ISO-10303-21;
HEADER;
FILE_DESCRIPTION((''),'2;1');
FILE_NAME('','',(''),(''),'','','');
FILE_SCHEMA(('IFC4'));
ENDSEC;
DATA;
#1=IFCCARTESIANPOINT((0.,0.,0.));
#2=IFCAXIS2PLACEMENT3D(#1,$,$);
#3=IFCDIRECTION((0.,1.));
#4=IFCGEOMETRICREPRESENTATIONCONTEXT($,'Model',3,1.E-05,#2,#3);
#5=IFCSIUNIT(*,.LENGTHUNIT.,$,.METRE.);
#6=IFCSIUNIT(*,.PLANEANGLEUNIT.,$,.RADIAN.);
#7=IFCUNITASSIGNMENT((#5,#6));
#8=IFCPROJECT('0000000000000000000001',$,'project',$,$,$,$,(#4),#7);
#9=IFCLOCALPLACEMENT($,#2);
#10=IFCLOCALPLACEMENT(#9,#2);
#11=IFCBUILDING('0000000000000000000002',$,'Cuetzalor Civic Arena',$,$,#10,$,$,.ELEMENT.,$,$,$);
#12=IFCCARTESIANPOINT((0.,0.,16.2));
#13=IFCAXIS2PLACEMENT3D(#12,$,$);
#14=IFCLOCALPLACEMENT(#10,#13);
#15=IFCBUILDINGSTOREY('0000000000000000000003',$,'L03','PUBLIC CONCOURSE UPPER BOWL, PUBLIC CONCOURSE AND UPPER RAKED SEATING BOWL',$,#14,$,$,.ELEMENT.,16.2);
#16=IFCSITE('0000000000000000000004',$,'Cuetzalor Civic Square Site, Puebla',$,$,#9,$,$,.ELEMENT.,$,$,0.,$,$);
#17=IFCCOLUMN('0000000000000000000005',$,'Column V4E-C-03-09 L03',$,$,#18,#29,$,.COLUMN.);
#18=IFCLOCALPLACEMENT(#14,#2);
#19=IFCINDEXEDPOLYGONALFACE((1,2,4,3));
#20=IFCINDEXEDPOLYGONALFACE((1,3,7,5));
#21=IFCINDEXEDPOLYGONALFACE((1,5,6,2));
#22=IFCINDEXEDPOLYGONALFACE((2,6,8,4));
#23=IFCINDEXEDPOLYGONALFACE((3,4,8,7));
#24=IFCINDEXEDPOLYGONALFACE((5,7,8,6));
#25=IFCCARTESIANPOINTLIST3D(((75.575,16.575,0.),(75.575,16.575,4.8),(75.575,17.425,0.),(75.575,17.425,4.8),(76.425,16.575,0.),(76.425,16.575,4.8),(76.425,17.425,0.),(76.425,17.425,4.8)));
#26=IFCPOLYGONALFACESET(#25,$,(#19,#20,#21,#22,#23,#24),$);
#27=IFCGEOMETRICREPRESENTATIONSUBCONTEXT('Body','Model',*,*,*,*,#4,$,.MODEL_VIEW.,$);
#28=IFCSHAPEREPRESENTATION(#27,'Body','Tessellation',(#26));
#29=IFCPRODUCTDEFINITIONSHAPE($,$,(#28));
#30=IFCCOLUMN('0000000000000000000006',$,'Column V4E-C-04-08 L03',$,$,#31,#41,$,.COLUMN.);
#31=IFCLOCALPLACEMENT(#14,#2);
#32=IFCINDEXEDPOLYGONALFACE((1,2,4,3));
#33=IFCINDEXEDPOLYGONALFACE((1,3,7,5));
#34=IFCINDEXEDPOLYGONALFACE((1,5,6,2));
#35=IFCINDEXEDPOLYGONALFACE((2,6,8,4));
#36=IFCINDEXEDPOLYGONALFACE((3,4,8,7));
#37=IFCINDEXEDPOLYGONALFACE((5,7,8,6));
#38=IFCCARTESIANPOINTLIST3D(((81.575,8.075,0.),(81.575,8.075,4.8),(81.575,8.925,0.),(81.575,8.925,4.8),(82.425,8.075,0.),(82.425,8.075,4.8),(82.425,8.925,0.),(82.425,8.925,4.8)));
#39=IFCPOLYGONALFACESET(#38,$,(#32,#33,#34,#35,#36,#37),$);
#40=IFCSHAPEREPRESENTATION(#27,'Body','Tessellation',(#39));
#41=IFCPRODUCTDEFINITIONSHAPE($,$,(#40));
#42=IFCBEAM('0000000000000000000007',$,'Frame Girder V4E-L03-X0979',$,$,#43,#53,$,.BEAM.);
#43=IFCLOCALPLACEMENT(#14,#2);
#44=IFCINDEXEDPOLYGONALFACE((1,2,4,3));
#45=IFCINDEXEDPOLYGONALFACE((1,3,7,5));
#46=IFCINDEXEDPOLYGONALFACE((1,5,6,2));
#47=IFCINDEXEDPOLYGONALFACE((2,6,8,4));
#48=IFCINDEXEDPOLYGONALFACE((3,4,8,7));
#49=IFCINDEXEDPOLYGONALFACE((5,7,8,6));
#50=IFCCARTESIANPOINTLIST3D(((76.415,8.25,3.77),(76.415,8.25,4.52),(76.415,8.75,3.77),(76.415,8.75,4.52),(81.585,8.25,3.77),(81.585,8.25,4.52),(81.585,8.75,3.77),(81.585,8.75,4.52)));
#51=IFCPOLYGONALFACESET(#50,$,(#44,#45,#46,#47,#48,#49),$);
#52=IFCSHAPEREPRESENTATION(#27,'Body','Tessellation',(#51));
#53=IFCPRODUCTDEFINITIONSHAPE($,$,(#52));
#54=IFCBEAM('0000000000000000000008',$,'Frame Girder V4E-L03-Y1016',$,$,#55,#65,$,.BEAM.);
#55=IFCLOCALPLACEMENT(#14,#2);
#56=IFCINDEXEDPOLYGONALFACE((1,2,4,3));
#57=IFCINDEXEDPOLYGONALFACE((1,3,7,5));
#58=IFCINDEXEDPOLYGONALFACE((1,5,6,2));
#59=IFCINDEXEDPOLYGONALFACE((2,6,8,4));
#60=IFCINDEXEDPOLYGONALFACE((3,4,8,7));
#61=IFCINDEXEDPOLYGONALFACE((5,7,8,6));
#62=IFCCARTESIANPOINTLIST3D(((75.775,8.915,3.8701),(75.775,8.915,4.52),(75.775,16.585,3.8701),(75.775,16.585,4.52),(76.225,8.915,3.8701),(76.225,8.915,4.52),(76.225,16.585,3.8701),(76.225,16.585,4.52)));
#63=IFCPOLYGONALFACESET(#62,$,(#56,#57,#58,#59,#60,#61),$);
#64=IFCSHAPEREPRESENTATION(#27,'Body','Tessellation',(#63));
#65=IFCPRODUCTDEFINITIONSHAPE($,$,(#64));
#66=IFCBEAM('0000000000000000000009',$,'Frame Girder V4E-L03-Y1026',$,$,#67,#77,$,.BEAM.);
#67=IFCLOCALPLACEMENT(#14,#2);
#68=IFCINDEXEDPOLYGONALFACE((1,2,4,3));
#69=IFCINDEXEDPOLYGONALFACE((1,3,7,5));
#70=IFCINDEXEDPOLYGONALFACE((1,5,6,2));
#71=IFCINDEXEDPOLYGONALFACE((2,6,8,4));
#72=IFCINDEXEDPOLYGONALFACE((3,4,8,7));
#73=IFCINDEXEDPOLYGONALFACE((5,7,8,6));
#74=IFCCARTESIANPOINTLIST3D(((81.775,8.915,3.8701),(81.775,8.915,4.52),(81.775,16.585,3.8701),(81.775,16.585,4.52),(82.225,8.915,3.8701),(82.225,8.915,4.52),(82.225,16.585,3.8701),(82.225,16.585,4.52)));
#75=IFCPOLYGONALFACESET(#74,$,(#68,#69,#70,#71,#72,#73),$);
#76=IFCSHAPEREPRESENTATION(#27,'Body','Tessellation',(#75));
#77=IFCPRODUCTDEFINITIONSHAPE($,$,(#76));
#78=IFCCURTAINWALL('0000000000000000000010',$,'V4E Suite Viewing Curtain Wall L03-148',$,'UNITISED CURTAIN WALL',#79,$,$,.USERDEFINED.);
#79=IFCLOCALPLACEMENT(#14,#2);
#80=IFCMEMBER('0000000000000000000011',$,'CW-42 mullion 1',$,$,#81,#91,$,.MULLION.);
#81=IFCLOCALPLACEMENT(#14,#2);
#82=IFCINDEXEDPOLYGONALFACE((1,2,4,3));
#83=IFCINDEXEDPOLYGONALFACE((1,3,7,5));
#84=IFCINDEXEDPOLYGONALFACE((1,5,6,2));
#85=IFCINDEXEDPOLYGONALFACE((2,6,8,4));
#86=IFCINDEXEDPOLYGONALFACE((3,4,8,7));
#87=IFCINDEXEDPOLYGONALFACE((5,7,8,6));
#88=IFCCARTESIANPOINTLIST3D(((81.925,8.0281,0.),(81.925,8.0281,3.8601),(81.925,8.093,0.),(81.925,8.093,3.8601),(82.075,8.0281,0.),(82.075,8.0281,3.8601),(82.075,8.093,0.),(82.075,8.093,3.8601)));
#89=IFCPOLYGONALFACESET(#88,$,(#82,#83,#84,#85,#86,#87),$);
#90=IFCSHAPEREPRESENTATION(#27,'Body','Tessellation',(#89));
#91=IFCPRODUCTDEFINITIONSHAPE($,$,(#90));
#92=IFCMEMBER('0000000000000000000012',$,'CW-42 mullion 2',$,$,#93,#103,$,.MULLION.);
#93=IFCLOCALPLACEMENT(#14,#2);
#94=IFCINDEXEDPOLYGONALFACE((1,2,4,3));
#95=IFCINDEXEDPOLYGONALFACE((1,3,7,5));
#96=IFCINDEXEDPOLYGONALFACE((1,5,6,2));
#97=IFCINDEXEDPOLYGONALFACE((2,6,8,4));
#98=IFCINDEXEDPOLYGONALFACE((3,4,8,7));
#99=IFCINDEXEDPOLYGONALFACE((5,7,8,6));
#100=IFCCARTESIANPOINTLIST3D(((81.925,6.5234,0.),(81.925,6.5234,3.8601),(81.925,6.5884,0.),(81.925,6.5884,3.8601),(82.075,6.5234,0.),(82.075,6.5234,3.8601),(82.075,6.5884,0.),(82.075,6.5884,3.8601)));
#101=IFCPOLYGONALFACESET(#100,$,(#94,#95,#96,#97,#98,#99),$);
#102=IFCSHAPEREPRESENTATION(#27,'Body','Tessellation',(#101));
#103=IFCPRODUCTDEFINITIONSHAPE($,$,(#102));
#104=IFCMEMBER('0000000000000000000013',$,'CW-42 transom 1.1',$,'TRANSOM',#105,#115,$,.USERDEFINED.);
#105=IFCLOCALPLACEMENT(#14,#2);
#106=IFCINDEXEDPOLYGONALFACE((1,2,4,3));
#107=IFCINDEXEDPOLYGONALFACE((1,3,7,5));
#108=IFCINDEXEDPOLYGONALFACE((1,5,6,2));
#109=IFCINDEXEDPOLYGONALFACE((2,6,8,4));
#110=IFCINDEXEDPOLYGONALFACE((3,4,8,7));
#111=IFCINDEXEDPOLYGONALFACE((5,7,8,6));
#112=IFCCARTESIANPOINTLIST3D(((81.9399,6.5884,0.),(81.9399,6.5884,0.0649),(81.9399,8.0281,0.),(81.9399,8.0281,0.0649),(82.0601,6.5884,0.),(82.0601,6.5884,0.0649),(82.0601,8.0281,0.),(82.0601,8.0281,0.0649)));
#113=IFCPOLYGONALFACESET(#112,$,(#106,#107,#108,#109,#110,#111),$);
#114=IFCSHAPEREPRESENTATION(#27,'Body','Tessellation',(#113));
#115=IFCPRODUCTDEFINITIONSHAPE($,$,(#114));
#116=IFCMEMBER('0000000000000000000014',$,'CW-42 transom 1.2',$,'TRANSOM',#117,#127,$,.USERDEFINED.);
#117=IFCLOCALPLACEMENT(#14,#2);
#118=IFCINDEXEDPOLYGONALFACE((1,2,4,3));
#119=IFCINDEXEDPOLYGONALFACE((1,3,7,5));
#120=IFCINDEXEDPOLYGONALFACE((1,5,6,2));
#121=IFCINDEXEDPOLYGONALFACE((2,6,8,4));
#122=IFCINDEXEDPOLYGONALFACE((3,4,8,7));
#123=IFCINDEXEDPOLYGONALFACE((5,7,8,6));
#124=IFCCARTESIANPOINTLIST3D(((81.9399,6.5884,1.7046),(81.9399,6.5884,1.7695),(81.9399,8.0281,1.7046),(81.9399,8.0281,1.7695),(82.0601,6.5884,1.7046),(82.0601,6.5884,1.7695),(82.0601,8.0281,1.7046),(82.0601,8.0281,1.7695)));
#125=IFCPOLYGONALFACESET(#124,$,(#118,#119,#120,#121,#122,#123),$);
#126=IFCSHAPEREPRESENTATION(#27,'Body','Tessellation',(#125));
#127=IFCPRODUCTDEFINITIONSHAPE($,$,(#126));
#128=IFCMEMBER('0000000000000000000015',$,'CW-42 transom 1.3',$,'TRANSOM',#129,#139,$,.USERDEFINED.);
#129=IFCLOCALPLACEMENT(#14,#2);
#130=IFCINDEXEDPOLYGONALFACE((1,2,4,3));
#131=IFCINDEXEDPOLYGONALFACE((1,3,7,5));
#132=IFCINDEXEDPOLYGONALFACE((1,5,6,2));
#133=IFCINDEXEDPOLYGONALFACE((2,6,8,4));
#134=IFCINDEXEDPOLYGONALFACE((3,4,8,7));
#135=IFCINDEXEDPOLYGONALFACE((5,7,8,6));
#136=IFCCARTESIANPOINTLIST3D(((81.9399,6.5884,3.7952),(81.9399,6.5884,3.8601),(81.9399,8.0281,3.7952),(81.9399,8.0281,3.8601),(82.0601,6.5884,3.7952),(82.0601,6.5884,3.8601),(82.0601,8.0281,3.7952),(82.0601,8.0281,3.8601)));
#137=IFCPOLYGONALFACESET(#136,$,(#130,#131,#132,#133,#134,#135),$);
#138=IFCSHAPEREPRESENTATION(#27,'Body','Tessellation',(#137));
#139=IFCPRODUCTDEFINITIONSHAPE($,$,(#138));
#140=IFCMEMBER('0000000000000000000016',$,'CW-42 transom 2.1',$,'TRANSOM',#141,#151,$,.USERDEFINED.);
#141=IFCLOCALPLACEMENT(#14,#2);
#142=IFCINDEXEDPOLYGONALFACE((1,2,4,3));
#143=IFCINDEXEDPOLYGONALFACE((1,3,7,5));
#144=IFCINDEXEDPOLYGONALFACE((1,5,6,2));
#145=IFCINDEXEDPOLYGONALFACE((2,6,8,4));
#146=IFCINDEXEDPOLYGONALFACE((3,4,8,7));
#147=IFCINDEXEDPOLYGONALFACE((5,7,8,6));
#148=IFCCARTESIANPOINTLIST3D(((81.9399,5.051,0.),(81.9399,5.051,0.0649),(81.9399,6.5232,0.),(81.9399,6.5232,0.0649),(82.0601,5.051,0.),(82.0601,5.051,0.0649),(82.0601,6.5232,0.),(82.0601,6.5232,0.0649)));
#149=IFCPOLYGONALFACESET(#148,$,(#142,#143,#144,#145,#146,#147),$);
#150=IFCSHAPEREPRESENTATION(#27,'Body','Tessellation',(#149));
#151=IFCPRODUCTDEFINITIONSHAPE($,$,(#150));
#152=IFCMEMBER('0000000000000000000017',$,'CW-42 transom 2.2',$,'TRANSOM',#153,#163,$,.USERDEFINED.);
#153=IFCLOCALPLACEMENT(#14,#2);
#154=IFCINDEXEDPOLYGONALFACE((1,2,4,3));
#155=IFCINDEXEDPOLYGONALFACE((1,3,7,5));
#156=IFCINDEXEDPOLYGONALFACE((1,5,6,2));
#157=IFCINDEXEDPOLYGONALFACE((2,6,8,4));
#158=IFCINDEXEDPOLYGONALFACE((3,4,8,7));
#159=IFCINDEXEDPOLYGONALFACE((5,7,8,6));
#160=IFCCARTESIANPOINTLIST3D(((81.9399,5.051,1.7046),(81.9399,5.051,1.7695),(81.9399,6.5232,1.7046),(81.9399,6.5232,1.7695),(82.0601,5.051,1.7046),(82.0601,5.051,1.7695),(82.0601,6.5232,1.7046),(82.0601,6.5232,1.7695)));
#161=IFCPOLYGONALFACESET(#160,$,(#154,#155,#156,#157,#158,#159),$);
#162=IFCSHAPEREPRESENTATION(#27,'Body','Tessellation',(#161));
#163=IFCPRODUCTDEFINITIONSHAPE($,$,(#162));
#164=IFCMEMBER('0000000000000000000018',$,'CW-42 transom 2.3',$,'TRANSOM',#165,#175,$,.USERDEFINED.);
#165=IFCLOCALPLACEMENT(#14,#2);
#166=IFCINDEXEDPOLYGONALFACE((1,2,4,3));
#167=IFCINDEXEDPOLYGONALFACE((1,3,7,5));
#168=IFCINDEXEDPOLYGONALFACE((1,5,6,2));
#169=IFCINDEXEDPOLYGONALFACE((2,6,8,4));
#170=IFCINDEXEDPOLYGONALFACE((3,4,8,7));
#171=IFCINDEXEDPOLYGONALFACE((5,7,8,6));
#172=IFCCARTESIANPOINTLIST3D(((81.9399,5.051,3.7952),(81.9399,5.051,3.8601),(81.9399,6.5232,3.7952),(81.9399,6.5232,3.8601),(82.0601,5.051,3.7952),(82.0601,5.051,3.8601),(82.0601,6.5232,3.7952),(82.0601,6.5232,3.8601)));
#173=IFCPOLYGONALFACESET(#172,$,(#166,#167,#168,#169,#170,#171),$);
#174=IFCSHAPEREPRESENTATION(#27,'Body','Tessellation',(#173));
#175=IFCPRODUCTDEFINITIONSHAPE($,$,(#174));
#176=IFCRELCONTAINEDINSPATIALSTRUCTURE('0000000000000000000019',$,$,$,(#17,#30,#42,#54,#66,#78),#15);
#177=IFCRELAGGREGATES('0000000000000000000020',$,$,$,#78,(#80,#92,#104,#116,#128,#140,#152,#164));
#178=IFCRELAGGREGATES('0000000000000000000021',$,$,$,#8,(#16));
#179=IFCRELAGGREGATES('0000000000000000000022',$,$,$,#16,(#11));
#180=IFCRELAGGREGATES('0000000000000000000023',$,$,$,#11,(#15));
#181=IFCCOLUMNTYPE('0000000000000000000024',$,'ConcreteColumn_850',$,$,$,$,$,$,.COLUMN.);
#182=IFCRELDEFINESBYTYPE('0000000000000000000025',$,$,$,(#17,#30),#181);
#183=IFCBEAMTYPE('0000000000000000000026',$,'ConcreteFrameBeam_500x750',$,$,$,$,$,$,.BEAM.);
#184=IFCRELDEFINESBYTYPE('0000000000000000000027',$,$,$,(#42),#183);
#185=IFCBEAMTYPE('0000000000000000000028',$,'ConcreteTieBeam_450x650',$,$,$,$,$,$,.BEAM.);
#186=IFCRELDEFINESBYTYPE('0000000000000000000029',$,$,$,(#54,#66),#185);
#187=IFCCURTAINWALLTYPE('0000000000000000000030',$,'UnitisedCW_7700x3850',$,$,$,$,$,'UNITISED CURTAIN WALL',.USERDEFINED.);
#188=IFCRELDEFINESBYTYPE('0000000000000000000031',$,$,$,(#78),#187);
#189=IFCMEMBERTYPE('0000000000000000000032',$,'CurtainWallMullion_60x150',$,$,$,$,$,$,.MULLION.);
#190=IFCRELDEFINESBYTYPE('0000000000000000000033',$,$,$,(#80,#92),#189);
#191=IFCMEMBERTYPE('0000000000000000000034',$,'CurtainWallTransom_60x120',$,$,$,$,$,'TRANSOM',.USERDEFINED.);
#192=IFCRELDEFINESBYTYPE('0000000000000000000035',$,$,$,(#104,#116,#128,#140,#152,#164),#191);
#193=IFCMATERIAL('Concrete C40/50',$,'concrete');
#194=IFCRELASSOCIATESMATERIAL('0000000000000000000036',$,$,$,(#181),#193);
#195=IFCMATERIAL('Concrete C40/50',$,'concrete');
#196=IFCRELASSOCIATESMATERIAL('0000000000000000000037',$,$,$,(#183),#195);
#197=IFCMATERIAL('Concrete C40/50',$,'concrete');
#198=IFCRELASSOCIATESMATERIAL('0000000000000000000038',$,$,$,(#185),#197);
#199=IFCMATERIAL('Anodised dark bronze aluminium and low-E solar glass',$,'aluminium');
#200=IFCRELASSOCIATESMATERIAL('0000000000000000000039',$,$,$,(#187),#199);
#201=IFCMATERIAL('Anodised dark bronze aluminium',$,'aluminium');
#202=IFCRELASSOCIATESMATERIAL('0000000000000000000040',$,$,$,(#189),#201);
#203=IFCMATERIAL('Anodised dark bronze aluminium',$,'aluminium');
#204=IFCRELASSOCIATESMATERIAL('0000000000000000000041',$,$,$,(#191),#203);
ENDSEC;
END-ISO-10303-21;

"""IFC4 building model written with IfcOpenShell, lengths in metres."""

from ifc_helpers import new_model, si_unit, direction, frame, origin, origin_2d, place, context, subcontext, project, spatial, rectangle, extrude, material, material_profile, profile_set, type_object, element, aggregate, save


model = new_model("IFC4")

# Units and contexts
model_context = context("Model", 3, precision=1e-05, world=origin(), true_north=direction((0.0, 1.0)))
body_context = subcontext(model_context, "Body", "Model", "MODEL_VIEW")
ifc_project = project(units=[si_unit("LENGTHUNIT", "METRE"), si_unit("PLANEANGLEUNIT", "RADIAN")], contexts=[model_context])

# Site, building, storey
site_placement = place(None, origin())
site = spatial("IfcSite", under=ifc_project, at=site_placement, Name="Cuetzalor Civic Square Site, Puebla", CompositionType="ELEMENT", RefElevation=0.0)
building_placement = place(site_placement, origin())
building = spatial("IfcBuilding", under=site, at=building_placement, Name="Cuetzalor Civic Arena", CompositionType="ELEMENT")
storey_placement = place(building_placement, frame((0.0, 0.0, 16.2)))
storey = spatial("IfcBuildingStorey", under=building, at=storey_placement, Name="L03", Description="PUBLIC CONCOURSE UPPER BOWL, PUBLIC CONCOURSE AND UPPER RAKED SEATING BOWL", CompositionType="ELEMENT", Elevation=16.2)

# Columns
ifc_material_1 = material(Name="Concrete C40/50", Category="concrete")
ifc_material_profile_1 = material_profile(ifc_material_1, rectangle(XDim=0.8501, YDim=0.8501, at=origin_2d()), Name="RC 850x850")
ifc_profile_set_1 = profile_set([ifc_material_profile_1], Name="Concrete C40/50")
column_type = type_object("IfcColumnType", Name="ConcreteColumn_850", PredefinedType="COLUMN", material=ifc_profile_set_1)
for number, where, z_axis, x_axis, name in (
    (1, (76.0, 17.0, 0.0), (0.0, 0.0, 1.0), (1.0, 0.0, 0.0), "Column V4E-C-03-09 L03"),
    (2, (82.0, 8.5, 0.0), (0.0, 0.0, 1.0), (1.0, 0.0, 0.0), "Column V4E-C-04-08 L03"),
):
    element("IfcColumn", number, at=place(storey_placement, frame(where, z_axis=z_axis, x_axis=x_axis)), inside=storey, type_object=column_type, Name=name, PredefinedType="COLUMN", context=body_context, shape_type="SweptSolid", body=[
        extrude(rectangle(XDim=0.8501, YDim=0.8501, at=origin_2d()), origin(), (0.0, 0.0, 1.0), 4.8),
    ])

# Beams
ifc_material_2 = material(Name="Concrete C40/50", Category="concrete")
ifc_material_profile_2 = material_profile(ifc_material_2, rectangle(XDim=0.5, YDim=0.75, at=origin_2d()), Name="RC 500x750")
ifc_profile_set_2 = profile_set([ifc_material_profile_2], Name="Concrete C40/50")
beam_type_1 = type_object("IfcBeamType", Name="ConcreteFrameBeam_500x750", PredefinedType="BEAM", material=ifc_profile_set_2)
beam_1_placement = place(storey_placement, frame((76.415, 8.5, 4.145), z_axis=(1.0, 0.0, 0.0), x_axis=(0.0, 1.0, 0.0)))
element("IfcBeam", 3, at=beam_1_placement, inside=storey, type_object=beam_type_1, Name="Frame Girder V4E-L03-X0979", PredefinedType="BEAM", context=body_context, shape_type="SweptSolid", body=[
    extrude(rectangle(XDim=0.5, YDim=0.75, at=origin_2d()), origin(), (0.0, 0.0, 1.0), 5.1699),
])
ifc_material_3 = material(Name="Concrete C40/50", Category="concrete")
ifc_material_profile_3 = material_profile(ifc_material_3, rectangle(XDim=0.45, YDim=0.6499, at=origin_2d()), Name="RC 450x650")
ifc_profile_set_3 = profile_set([ifc_material_profile_3], Name="Concrete C40/50")
beam_type_2 = type_object("IfcBeamType", Name="ConcreteTieBeam_450x650", PredefinedType="BEAM", material=ifc_profile_set_3)
for number, where, z_axis, x_axis, name in (
    (4, (76.0, 8.915, 4.1951), (0.0, 1.0, 0.0), (-1.0, 0.0, 0.0), "Frame Girder V4E-L03-Y1016"),
    (5, (82.0, 8.915, 4.1951), (0.0, 1.0, 0.0), (-1.0, 0.0, 0.0), "Frame Girder V4E-L03-Y1026"),
):
    element("IfcBeam", number, at=place(storey_placement, frame(where, z_axis=z_axis, x_axis=x_axis)), inside=storey, type_object=beam_type_2, Name=name, PredefinedType="BEAM", context=body_context, shape_type="SweptSolid", body=[
        extrude(rectangle(XDim=0.45, YDim=0.6499, at=origin_2d()), origin(), (0.0, 0.0, 1.0), 7.6699),
    ])

# Curtain wall, members
ifc_material_4 = material(Name="Anodised dark bronze aluminium and low-E solar glass", Category="aluminium")
curtain_wall_type = type_object("IfcCurtainWallType", Name="UnitisedCW_7700x3850", ElementType="UNITISED CURTAIN WALL", PredefinedType="USERDEFINED", material=ifc_material_4)
curtain_wall_placement = place(storey_placement, origin())
curtain_wall = element("IfcCurtainWall", 6, at=curtain_wall_placement, inside=storey, type_object=curtain_wall_type, Name="V4E Suite Viewing Curtain Wall L03-148", ObjectType="UNITISED CURTAIN WALL", PredefinedType="USERDEFINED")
ifc_material_5 = material(Name="Anodised dark bronze aluminium", Category="aluminium")
ifc_material_profile_4 = material_profile(ifc_material_5, rectangle(XDim=0.0649, YDim=0.1499, at=origin_2d()), Name="ALU MULLION 65x150")
ifc_profile_set_4 = profile_set([ifc_material_profile_4], Name="Anodised dark bronze aluminium")
member_type_1 = type_object("IfcMemberType", Name="CurtainWallMullion_60x150", PredefinedType="MULLION", material=ifc_profile_set_4)
member_1_placement = place(storey_placement, frame((82.0, 8.0605, 0.0), z_axis=(0.0, 0.0, 1.0), x_axis=(0.0, -1.0, 0.0)))
member_1 = element("IfcMember", 7, at=member_1_placement, type_object=member_type_1, Name="CW-42 mullion 1", PredefinedType="MULLION", context=body_context, shape_type="SweptSolid", body=[
    extrude(rectangle(XDim=0.0649, YDim=0.1499, at=origin_2d()), origin(), (0.0, 0.0, 1.0), 3.8601),
])
member_2_placement = place(storey_placement, frame((82.0, 6.5559, 0.0), z_axis=(0.0, 0.0, 1.0), x_axis=(0.0, -1.0, 0.0)))
member_2 = element("IfcMember", 8, at=member_2_placement, type_object=member_type_1, Name="CW-42 mullion 2", PredefinedType="MULLION", context=body_context, shape_type="SweptSolid", body=[
    extrude(rectangle(XDim=0.0649, YDim=0.1499, at=origin_2d()), origin(), (0.0, 0.0, 1.0), 3.8601),
])
ifc_material_6 = material(Name="Anodised dark bronze aluminium", Category="aluminium")
ifc_material_profile_5 = material_profile(ifc_material_6, rectangle(XDim=0.1201, YDim=0.0649, at=origin_2d()), Name="ALU TRANSOM 65x120")
ifc_profile_set_5 = profile_set([ifc_material_profile_5], Name="Anodised dark bronze aluminium")
member_type_2 = type_object("IfcMemberType", Name="CurtainWallTransom_60x120", ElementType="TRANSOM", PredefinedType="USERDEFINED", material=ifc_profile_set_5)
member_3_placement = place(storey_placement, frame((82.0, 8.0281, 0.0325), z_axis=(0.0, -1.0, 0.0), x_axis=(1.0, 0.0, 0.0)))
member_3 = element("IfcMember", 9, at=member_3_placement, type_object=member_type_2, Name="CW-42 transom 1.1", ObjectType="TRANSOM", PredefinedType="USERDEFINED", context=body_context, shape_type="SweptSolid", body=[
    extrude(rectangle(XDim=0.1201, YDim=0.0649, at=origin_2d()), origin(), (0.0, 0.0, 1.0), 1.4397),
])
member_4_placement = place(storey_placement, frame((82.0, 8.0281, 1.7371), z_axis=(0.0, -1.0, 0.0), x_axis=(1.0, 0.0, 0.0)))
member_4 = element("IfcMember", 10, at=member_4_placement, type_object=member_type_2, Name="CW-42 transom 1.2", ObjectType="TRANSOM", PredefinedType="USERDEFINED", context=body_context, shape_type="SweptSolid", body=[
    extrude(rectangle(XDim=0.1201, YDim=0.0649, at=origin_2d()), origin(), (0.0, 0.0, 1.0), 1.4397),
])
member_5_placement = place(storey_placement, frame((82.0, 8.0281, 3.8276), z_axis=(0.0, -1.0, 0.0), x_axis=(1.0, 0.0, 0.0)))
member_5 = element("IfcMember", 11, at=member_5_placement, type_object=member_type_2, Name="CW-42 transom 1.3", ObjectType="TRANSOM", PredefinedType="USERDEFINED", context=body_context, shape_type="SweptSolid", body=[
    extrude(rectangle(XDim=0.1201, YDim=0.0649, at=origin_2d()), origin(), (0.0, 0.0, 1.0), 1.4397),
])
member_6_placement = place(storey_placement, frame((82.0, 6.5232, 0.0325), z_axis=(0.0, -1.0, 0.0), x_axis=(1.0, 0.0, 0.0)))
member_6 = element("IfcMember", 12, at=member_6_placement, type_object=member_type_2, Name="CW-42 transom 2.1", ObjectType="TRANSOM", PredefinedType="USERDEFINED", context=body_context, shape_type="SweptSolid", body=[
    extrude(rectangle(XDim=0.1201, YDim=0.0649, at=origin_2d()), origin(), (0.0, 0.0, 1.0), 1.4722),
])
member_7_placement = place(storey_placement, frame((82.0, 6.5232, 1.7371), z_axis=(0.0, -1.0, 0.0), x_axis=(1.0, 0.0, 0.0)))
member_7 = element("IfcMember", 13, at=member_7_placement, type_object=member_type_2, Name="CW-42 transom 2.2", ObjectType="TRANSOM", PredefinedType="USERDEFINED", context=body_context, shape_type="SweptSolid", body=[
    extrude(rectangle(XDim=0.1201, YDim=0.0649, at=origin_2d()), origin(), (0.0, 0.0, 1.0), 1.4722),
])
member_8_placement = place(storey_placement, frame((82.0, 6.5232, 3.8276), z_axis=(0.0, -1.0, 0.0), x_axis=(1.0, 0.0, 0.0)))
member_8 = element("IfcMember", 14, at=member_8_placement, type_object=member_type_2, Name="CW-42 transom 2.3", ObjectType="TRANSOM", PredefinedType="USERDEFINED", context=body_context, shape_type="SweptSolid", body=[
    extrude(rectangle(XDim=0.1201, YDim=0.0649, at=origin_2d()), origin(), (0.0, 0.0, 1.0), 1.4722),
])

aggregate(curtain_wall, [member_1, member_2, member_3, member_4, member_5, member_6, member_7, member_8])

save(model, "model.ifc")
